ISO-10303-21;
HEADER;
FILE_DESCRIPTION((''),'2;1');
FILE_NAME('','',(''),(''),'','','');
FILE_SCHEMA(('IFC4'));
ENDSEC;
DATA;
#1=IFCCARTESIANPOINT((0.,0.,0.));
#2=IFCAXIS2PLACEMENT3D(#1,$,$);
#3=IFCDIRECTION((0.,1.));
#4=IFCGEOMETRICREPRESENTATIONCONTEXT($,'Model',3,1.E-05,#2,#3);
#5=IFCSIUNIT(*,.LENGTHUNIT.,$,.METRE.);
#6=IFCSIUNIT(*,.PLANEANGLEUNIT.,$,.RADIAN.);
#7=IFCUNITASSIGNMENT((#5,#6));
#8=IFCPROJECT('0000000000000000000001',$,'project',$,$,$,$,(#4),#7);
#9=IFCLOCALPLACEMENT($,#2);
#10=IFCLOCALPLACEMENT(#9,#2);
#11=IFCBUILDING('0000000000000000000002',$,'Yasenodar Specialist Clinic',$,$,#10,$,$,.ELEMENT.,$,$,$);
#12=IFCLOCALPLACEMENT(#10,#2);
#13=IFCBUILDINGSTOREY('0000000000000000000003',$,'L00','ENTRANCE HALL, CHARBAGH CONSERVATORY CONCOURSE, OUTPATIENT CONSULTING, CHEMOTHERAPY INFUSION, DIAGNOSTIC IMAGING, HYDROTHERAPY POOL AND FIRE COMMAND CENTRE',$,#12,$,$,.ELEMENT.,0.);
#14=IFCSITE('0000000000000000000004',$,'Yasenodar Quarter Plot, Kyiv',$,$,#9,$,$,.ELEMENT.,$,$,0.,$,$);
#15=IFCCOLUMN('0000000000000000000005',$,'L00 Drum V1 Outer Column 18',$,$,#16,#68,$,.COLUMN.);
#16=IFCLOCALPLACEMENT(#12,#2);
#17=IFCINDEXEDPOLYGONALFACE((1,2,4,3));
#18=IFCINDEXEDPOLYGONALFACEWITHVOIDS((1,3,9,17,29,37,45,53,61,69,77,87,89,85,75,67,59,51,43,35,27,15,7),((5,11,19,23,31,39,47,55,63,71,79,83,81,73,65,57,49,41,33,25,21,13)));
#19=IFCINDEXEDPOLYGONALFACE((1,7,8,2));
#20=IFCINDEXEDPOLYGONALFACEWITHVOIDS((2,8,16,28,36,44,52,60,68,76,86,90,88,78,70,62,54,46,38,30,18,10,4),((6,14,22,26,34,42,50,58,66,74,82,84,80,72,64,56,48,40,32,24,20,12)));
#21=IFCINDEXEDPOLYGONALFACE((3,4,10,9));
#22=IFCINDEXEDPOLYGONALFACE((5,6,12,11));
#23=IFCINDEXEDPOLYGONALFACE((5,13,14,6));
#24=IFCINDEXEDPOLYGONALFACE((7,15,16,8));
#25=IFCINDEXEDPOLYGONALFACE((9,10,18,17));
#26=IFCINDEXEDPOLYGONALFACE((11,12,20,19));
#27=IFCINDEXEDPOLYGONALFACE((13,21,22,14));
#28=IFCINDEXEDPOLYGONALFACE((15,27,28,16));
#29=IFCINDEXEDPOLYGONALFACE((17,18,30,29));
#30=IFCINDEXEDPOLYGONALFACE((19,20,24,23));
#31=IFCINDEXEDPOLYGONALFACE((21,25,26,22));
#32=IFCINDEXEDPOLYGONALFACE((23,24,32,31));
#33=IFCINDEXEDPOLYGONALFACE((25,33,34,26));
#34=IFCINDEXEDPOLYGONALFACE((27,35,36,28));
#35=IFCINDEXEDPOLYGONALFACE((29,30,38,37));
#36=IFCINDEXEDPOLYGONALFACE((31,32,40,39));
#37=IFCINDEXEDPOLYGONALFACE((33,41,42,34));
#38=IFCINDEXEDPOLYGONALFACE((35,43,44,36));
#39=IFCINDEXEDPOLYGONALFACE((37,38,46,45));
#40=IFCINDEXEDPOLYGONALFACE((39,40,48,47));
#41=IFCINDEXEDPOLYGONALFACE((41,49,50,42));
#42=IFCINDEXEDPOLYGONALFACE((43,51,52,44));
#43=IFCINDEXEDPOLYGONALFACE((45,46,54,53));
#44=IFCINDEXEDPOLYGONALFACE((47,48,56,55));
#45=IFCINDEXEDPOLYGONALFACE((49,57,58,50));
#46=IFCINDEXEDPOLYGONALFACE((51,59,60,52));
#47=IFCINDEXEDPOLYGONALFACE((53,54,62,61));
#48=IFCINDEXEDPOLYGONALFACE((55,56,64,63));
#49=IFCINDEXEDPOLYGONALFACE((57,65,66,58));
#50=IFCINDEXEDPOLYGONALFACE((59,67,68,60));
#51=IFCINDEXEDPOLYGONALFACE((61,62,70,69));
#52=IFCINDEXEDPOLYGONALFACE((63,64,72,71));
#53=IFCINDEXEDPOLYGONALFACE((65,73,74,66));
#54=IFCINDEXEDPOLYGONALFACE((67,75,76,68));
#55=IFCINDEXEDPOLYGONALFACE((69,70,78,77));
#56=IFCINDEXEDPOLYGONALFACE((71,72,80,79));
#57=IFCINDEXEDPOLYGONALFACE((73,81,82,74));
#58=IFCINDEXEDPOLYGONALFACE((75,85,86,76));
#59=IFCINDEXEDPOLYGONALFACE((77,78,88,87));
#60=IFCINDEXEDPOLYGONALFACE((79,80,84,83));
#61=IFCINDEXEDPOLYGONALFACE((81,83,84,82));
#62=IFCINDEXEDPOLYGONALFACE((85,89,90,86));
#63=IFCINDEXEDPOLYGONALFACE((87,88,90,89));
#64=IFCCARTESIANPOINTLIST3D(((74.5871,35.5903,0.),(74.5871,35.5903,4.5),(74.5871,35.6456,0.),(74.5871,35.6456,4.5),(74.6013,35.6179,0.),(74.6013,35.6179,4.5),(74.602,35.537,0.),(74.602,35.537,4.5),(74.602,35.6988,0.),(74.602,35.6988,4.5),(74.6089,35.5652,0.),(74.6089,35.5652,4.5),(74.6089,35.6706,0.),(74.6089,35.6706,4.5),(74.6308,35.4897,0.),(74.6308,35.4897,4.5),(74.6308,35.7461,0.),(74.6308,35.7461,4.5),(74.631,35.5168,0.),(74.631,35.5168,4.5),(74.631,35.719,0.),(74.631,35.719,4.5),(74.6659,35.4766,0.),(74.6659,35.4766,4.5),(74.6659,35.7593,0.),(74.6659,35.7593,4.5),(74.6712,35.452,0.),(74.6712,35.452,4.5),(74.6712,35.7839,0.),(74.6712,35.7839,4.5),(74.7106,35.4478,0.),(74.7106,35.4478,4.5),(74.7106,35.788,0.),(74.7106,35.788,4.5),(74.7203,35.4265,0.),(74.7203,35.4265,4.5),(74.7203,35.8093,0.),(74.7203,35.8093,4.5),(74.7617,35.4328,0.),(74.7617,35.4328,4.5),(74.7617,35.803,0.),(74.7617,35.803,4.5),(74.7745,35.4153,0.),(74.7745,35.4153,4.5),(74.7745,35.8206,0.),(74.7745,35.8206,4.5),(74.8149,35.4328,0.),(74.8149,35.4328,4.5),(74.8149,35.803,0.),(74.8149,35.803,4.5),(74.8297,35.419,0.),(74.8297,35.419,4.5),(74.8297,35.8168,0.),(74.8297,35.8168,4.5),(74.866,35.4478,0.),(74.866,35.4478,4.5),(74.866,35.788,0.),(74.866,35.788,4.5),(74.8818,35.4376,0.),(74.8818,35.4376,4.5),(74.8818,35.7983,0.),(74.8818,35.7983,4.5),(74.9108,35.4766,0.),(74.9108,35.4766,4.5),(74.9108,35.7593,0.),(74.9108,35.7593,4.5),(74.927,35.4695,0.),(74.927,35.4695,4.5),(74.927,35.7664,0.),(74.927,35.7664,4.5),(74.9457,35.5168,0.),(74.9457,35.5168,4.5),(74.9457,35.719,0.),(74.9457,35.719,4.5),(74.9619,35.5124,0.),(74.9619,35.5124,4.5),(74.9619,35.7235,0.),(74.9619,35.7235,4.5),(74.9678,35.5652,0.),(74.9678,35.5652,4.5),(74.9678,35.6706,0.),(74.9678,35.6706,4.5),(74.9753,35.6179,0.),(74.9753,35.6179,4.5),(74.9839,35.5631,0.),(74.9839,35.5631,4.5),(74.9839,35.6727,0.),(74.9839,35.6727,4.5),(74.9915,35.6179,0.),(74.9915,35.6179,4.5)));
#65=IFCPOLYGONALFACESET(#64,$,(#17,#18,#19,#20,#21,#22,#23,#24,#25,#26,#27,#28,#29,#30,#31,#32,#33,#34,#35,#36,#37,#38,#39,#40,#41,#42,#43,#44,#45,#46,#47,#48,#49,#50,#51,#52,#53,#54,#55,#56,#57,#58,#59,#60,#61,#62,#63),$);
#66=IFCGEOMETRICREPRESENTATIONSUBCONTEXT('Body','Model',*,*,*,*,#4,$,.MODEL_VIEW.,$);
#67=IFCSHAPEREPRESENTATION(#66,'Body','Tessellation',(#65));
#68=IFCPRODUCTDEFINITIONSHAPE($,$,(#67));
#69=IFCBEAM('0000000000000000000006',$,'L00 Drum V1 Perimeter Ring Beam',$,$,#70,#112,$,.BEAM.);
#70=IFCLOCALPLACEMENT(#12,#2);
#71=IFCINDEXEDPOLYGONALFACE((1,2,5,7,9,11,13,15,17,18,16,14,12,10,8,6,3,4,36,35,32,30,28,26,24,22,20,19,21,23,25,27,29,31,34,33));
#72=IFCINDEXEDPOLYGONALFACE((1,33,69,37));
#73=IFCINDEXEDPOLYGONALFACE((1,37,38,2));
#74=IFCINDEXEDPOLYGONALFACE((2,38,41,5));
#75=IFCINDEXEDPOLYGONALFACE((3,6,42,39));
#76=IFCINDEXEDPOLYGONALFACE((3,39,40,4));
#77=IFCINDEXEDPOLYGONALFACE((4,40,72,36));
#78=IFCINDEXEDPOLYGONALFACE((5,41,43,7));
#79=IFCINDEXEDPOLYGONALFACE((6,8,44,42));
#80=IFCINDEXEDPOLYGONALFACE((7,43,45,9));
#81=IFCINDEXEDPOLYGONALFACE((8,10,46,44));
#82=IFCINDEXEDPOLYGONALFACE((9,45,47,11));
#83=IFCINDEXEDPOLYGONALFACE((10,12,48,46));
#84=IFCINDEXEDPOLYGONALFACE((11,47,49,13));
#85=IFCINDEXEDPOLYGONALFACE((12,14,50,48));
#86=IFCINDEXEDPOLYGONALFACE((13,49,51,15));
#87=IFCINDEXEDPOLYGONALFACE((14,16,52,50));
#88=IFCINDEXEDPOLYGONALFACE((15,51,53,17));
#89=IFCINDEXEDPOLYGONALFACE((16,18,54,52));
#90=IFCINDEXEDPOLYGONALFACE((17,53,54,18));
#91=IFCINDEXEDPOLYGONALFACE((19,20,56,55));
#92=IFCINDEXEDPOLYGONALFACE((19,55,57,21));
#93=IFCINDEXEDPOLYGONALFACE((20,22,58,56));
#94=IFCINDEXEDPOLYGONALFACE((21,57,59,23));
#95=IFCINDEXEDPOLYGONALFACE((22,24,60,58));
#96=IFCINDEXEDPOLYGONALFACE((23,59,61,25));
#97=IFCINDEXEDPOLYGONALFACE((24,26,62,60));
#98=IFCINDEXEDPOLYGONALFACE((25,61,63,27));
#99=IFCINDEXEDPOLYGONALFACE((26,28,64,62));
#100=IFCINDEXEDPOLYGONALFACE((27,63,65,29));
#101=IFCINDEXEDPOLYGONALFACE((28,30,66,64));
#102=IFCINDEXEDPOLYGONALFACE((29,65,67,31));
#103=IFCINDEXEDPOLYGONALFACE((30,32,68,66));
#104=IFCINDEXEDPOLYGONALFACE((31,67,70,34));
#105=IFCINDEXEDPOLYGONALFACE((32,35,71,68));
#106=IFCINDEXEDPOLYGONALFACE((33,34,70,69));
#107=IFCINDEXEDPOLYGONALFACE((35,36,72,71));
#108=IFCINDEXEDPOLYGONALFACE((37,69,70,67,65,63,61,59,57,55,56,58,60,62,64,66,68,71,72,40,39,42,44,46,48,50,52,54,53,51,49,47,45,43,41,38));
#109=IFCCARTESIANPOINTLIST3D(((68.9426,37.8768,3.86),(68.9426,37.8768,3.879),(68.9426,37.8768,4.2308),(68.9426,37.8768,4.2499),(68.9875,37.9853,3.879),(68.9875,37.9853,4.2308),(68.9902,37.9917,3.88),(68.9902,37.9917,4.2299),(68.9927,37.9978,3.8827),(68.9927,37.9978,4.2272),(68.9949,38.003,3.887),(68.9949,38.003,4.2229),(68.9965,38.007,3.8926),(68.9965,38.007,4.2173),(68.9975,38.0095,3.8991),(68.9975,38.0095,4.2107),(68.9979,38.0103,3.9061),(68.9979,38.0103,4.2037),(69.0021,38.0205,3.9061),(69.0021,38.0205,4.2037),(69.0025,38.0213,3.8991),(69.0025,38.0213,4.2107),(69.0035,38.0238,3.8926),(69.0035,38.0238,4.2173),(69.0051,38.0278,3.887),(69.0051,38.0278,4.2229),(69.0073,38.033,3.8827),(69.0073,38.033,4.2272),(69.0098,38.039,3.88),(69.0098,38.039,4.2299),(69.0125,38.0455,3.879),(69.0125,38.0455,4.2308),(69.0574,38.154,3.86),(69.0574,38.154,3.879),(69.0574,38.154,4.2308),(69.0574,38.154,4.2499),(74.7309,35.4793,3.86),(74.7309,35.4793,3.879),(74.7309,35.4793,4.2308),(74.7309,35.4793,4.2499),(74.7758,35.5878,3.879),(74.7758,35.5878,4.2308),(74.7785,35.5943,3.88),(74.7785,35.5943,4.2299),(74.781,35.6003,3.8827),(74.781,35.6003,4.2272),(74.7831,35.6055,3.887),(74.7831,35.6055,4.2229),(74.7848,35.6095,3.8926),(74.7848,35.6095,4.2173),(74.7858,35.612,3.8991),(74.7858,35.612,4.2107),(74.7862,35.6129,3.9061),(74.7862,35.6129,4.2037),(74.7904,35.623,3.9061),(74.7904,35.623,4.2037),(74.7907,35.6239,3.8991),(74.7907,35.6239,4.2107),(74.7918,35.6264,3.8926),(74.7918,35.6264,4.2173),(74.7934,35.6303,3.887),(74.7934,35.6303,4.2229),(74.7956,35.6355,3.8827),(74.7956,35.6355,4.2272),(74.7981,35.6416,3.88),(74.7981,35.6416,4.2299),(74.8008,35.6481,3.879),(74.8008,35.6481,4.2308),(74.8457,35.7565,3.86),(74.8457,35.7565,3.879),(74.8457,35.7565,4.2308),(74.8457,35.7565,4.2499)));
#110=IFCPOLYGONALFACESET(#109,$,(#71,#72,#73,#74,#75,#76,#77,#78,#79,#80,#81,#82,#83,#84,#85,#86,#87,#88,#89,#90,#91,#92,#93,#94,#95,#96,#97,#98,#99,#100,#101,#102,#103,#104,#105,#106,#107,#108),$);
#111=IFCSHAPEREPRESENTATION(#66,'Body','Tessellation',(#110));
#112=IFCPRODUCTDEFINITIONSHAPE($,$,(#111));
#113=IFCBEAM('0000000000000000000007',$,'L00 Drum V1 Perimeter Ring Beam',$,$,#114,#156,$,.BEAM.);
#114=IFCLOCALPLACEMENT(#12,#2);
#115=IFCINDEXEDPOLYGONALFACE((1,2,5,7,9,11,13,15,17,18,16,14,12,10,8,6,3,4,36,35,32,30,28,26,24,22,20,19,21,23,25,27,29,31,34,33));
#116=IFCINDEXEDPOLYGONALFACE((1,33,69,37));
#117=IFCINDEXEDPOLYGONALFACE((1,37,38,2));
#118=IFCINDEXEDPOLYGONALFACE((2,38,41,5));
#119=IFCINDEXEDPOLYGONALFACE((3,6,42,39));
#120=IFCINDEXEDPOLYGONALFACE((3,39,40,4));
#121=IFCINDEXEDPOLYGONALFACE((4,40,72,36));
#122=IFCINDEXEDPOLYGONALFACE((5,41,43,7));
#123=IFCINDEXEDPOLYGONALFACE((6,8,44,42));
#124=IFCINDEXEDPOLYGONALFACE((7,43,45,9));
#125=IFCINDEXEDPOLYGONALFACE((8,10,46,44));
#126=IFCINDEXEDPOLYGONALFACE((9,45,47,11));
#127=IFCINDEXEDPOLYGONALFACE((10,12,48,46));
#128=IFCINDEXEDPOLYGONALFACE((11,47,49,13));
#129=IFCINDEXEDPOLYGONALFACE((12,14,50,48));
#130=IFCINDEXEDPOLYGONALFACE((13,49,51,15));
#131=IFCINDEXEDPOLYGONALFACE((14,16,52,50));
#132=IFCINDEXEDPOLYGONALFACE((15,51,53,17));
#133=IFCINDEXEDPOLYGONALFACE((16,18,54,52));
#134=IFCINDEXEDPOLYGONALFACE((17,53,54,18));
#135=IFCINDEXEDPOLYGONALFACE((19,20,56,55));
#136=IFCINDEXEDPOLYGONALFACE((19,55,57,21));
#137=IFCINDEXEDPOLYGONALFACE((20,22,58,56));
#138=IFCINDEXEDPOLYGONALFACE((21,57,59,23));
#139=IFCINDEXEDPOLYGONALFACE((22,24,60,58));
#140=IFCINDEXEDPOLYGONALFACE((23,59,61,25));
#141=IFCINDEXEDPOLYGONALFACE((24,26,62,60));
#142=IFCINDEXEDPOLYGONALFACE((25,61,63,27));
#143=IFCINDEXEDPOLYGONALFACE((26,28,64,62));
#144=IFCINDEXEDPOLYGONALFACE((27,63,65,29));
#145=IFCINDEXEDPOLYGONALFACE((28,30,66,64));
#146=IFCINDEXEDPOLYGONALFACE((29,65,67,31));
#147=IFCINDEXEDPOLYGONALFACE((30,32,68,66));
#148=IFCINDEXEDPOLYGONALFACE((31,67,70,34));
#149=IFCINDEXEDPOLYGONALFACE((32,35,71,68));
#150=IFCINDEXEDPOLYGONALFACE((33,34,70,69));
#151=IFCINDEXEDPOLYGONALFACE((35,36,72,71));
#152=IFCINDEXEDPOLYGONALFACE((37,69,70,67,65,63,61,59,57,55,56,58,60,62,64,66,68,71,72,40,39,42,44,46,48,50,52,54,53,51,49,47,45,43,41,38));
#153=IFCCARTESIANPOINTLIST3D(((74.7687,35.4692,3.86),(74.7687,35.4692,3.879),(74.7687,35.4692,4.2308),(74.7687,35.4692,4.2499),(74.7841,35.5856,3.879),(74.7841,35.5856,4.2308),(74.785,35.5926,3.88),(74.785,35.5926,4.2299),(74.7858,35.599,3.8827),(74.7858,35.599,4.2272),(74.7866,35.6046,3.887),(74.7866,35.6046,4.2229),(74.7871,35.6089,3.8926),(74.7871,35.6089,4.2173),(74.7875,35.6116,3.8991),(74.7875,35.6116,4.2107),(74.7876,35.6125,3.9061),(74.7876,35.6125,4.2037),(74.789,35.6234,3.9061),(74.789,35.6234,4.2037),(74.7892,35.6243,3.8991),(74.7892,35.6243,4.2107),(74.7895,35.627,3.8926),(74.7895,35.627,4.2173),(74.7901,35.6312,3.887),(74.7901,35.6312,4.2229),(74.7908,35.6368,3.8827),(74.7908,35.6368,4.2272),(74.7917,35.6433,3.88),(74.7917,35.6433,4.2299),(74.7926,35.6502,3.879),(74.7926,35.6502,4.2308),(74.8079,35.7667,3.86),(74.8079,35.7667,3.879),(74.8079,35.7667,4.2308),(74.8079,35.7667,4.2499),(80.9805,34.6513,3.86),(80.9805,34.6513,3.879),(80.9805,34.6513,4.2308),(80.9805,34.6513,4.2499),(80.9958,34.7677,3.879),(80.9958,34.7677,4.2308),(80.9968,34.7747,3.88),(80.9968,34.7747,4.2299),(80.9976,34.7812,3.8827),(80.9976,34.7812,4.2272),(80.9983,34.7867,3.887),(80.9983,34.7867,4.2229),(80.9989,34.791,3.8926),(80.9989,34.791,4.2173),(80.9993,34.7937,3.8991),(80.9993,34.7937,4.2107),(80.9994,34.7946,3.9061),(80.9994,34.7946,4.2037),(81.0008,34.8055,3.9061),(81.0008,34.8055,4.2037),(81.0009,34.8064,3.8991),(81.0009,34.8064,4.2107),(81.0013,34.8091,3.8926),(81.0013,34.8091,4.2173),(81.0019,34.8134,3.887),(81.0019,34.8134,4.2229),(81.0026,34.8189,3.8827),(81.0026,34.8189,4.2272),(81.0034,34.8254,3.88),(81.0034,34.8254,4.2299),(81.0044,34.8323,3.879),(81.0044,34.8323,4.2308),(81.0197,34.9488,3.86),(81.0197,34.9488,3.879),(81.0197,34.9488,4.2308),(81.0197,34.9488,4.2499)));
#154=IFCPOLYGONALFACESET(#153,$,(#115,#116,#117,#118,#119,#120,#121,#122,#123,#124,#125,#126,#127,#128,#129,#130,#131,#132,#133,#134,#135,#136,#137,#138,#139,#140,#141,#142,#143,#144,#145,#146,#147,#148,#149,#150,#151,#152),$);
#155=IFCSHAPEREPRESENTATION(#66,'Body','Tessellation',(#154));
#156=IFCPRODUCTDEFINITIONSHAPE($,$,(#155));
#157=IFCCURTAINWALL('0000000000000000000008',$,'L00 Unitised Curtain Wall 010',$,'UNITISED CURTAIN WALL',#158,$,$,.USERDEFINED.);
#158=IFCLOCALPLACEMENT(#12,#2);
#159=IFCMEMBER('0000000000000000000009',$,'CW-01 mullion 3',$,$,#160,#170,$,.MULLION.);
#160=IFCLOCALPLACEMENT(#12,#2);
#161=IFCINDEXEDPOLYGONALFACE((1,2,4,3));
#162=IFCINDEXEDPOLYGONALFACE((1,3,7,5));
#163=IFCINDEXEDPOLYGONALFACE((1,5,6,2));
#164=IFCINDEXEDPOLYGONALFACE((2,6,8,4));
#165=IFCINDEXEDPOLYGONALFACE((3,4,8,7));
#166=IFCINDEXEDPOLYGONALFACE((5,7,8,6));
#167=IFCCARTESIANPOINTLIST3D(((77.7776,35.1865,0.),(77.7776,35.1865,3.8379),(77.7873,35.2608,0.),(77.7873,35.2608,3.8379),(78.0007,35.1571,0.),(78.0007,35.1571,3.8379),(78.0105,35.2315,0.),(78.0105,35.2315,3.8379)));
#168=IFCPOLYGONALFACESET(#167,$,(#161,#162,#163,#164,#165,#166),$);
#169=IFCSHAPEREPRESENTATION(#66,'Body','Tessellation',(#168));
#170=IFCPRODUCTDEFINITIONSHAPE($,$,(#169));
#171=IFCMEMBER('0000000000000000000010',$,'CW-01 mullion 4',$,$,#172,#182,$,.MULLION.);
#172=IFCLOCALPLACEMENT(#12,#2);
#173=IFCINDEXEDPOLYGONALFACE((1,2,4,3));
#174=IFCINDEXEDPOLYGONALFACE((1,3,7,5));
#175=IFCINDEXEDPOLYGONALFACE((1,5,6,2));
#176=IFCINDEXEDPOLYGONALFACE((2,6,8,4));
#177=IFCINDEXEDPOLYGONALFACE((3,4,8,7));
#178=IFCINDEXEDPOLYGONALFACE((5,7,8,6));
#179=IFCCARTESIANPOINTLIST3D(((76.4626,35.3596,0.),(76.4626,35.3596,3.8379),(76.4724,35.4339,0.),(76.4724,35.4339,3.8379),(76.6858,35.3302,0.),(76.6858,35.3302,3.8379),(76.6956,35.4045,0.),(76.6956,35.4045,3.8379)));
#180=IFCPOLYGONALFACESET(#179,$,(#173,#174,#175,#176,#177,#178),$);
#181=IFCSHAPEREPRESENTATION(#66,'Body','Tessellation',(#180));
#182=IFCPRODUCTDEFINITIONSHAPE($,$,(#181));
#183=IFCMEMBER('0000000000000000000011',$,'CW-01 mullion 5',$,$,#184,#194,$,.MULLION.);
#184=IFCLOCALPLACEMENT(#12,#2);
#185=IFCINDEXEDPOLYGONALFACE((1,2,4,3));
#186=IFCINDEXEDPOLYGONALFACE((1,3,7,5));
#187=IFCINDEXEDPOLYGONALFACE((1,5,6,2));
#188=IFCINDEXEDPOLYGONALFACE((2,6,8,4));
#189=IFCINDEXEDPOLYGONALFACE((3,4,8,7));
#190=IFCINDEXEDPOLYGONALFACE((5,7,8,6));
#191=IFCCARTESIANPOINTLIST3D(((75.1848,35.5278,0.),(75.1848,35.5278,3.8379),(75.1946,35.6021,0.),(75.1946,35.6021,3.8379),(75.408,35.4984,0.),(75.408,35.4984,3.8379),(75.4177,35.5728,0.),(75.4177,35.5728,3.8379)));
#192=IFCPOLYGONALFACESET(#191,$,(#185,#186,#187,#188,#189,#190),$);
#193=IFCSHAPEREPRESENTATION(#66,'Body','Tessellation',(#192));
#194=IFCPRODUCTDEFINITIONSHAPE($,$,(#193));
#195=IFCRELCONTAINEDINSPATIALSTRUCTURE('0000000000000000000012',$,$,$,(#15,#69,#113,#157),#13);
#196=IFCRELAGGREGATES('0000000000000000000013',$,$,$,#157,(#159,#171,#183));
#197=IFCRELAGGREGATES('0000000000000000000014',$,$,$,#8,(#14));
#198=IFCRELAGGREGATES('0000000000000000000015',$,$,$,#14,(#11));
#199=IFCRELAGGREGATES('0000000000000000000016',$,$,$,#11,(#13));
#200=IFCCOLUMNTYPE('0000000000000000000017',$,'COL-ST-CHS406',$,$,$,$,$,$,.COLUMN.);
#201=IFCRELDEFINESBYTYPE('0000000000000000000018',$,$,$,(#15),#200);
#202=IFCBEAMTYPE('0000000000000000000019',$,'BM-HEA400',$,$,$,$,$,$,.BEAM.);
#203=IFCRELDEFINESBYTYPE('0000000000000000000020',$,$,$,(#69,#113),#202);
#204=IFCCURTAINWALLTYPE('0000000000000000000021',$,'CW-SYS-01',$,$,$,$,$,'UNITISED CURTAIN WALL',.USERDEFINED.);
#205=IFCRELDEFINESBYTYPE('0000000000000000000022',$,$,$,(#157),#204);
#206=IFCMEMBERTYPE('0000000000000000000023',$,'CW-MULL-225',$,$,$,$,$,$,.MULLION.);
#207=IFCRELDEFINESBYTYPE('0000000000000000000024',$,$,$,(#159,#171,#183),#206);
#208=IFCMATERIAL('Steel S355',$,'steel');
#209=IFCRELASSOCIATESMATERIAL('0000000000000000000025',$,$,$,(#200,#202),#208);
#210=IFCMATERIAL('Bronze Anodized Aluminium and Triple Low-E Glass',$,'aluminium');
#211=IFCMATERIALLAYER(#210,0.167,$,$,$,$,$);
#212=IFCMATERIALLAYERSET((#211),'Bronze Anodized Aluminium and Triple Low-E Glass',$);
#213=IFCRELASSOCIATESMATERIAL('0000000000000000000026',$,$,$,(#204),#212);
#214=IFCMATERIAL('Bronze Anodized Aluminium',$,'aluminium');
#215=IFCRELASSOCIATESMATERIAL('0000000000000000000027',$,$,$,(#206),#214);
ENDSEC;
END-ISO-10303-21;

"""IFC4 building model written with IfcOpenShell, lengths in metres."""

from ifc_helpers import new_model, si_unit, direction, frame, origin, origin_2d, place, context, subcontext, project, spatial, rectangle, hollow_circle, i_section, extrude, material, layer, layer_set, material_profile, profile_set, type_object, element, aggregate, save


model = new_model("IFC4")

# Units and contexts
model_context = context("Model", 3, precision=1e-05, world=origin(), true_north=direction((0.0, 1.0)))
body_context = subcontext(model_context, "Body", "Model", "MODEL_VIEW")
ifc_project = project(units=[si_unit("LENGTHUNIT", "METRE"), si_unit("PLANEANGLEUNIT", "RADIAN")], contexts=[model_context])

# Site, building, storey
site_placement = place(None, origin())
site = spatial("IfcSite", under=ifc_project, at=site_placement, Name="Yasenodar Quarter Plot, Kyiv", CompositionType="ELEMENT", RefElevation=0.0)
building_placement = place(site_placement, origin())
building = spatial("IfcBuilding", under=site, at=building_placement, Name="Yasenodar Specialist Clinic", CompositionType="ELEMENT")
storey_placement = place(building_placement, origin())
storey = spatial("IfcBuildingStorey", under=building, at=storey_placement, Name="L00", Description="ENTRANCE HALL, CHARBAGH CONSERVATORY CONCOURSE, OUTPATIENT CONSULTING, CHEMOTHERAPY INFUSION, DIAGNOSTIC IMAGING, HYDROTHERAPY POOL AND FIRE COMMAND CENTRE", CompositionType="ELEMENT", Elevation=0.0)

# Column
ifc_material_1 = material(Name="Steel S355", Category="steel")
ifc_material_profile_1 = material_profile(ifc_material_1, hollow_circle(Radius=0.2031, WallThickness=0.0161, at=origin_2d()), Name="CHS 406.4x16")
ifc_profile_set_1 = profile_set([ifc_material_profile_1], Name="Steel S355")
column_type = type_object("IfcColumnType", Name="COL-ST-CHS406", PredefinedType="COLUMN", material=ifc_profile_set_1)
column_placement = place(storey_placement, frame((74.7883, 35.6179, 0.0), z_axis=(0.0, 0.0, 1.0), x_axis=(1.0, 0.0, 0.0)))
element("IfcColumn", 1, at=column_placement, inside=storey, type_object=column_type, Name="L00 Drum V1 Outer Column 18", PredefinedType="COLUMN", context=body_context, shape_type="SweptSolid", body=[
    extrude(hollow_circle(Radius=0.2031, WallThickness=0.0161, at=origin_2d()), origin(), (0.0, 0.0, 1.0), 4.5),
])

# Beams
ifc_material_profile_2 = material_profile(ifc_material_1, i_section(OverallWidth=0.3, OverallDepth=0.3899, WebThickness=0.011, FlangeThickness=0.019, FilletRadius=0.0271, at=origin_2d()), Name="HEA 400")
ifc_profile_set_2 = profile_set([ifc_material_profile_2], Name="Steel S355")
beam_type = type_object("IfcBeamType", Name="BM-HEA400", PredefinedType="BEAM", material=ifc_profile_set_2)
beam_1_placement = place(storey_placement, frame((69.0, 38.0154, 4.0549), z_axis=(0.923888, -0.382664, 0.0), x_axis=(0.382664, 0.923888, 0.0)))
element("IfcBeam", 2, at=beam_1_placement, inside=storey, type_object=beam_type, Name="L00 Drum V1 Perimeter Ring Beam", PredefinedType="BEAM", context=body_context, shape_type="SweptSolid", body=[
    extrude(i_section(OverallWidth=0.3, OverallDepth=0.3899, WebThickness=0.011, FlangeThickness=0.019, FilletRadius=0.0271, at=origin_2d()), origin(), (0.0, 0.0, 1.0), 6.2651),
])
beam_2_placement = place(storey_placement, frame((74.7883, 35.6179, 4.0549), z_axis=(0.991443, -0.13054, 0.0), x_axis=(0.13054, 0.991443, 0.0)))
element("IfcBeam", 3, at=beam_2_placement, inside=storey, type_object=beam_type, Name="L00 Drum V1 Perimeter Ring Beam", PredefinedType="BEAM", context=body_context, shape_type="SweptSolid", body=[
    extrude(i_section(OverallWidth=0.3, OverallDepth=0.3899, WebThickness=0.011, FlangeThickness=0.019, FilletRadius=0.0271, at=origin_2d()), origin(), (0.0, 0.0, 1.0), 6.2654),
])

# Curtain wall, members
ifc_material_2 = material(Name="Bronze Anodized Aluminium and Triple Low-E Glass", Category="aluminium")
ifc_layer_1 = layer(ifc_material_2, 0.167)
ifc_layer_set_1 = layer_set([ifc_layer_1], Name="Bronze Anodized Aluminium and Triple Low-E Glass")
curtain_wall_type = type_object("IfcCurtainWallType", Name="CW-SYS-01", ElementType="UNITISED CURTAIN WALL", PredefinedType="USERDEFINED", material=ifc_layer_set_1)
curtain_wall_placement = place(storey_placement, origin())
curtain_wall = element("IfcCurtainWall", 4, at=curtain_wall_placement, inside=storey, type_object=curtain_wall_type, Name="L00 Unitised Curtain Wall 010", ObjectType="UNITISED CURTAIN WALL", PredefinedType="USERDEFINED")
ifc_material_3 = material(Name="Bronze Anodized Aluminium", Category="aluminium")
ifc_material_profile_3 = material_profile(ifc_material_3, rectangle(XDim=0.075, YDim=0.2251, at=origin_2d()), Name="CW-MULL 75x225")
ifc_profile_set_3 = profile_set([ifc_material_profile_3], Name="Bronze Anodized Aluminium")
member_type_1 = type_object("IfcMemberType", Name="CW-MULL-225", PredefinedType="MULLION", material=ifc_profile_set_3)
member_1_placement = place(storey_placement, frame((77.894, 35.209, 0.0), z_axis=(0.0, 0.0, 1.0), x_axis=(-0.130512, -0.991447, 0.0)))
member_1 = element("IfcMember", 5, at=member_1_placement, type_object=member_type_1, Name="CW-01 mullion 3", PredefinedType="MULLION", context=body_context, shape_type="SweptSolid", body=[
    extrude(rectangle(XDim=0.075, YDim=0.2251, at=origin_2d()), origin(), (0.0, 0.0, 1.0), 3.8379),
])
member_2_placement = place(storey_placement, frame((76.5791, 35.3821, 0.0), z_axis=(0.0, 0.0, 1.0), x_axis=(-0.130512, -0.991447, 0.0)))
member_2 = element("IfcMember", 6, at=member_2_placement, type_object=member_type_1, Name="CW-01 mullion 4", PredefinedType="MULLION", context=body_context, shape_type="SweptSolid", body=[
    extrude(rectangle(XDim=0.075, YDim=0.2251, at=origin_2d()), origin(), (0.0, 0.0, 1.0), 3.8379),
])
member_3_placement = place(storey_placement, frame((75.3013, 35.5503, 0.0), z_axis=(0.0, 0.0, 1.0), x_axis=(-0.130512, -0.991447, 0.0)))
member_3 = element("IfcMember", 7, at=member_3_placement, type_object=member_type_1, Name="CW-01 mullion 5", PredefinedType="MULLION", context=body_context, shape_type="SweptSolid", body=[
    extrude(rectangle(XDim=0.075, YDim=0.2251, at=origin_2d()), origin(), (0.0, 0.0, 1.0), 3.8379),
])
aggregate(curtain_wall, [member_1, member_2, member_3])

save(model, "model.ifc")
